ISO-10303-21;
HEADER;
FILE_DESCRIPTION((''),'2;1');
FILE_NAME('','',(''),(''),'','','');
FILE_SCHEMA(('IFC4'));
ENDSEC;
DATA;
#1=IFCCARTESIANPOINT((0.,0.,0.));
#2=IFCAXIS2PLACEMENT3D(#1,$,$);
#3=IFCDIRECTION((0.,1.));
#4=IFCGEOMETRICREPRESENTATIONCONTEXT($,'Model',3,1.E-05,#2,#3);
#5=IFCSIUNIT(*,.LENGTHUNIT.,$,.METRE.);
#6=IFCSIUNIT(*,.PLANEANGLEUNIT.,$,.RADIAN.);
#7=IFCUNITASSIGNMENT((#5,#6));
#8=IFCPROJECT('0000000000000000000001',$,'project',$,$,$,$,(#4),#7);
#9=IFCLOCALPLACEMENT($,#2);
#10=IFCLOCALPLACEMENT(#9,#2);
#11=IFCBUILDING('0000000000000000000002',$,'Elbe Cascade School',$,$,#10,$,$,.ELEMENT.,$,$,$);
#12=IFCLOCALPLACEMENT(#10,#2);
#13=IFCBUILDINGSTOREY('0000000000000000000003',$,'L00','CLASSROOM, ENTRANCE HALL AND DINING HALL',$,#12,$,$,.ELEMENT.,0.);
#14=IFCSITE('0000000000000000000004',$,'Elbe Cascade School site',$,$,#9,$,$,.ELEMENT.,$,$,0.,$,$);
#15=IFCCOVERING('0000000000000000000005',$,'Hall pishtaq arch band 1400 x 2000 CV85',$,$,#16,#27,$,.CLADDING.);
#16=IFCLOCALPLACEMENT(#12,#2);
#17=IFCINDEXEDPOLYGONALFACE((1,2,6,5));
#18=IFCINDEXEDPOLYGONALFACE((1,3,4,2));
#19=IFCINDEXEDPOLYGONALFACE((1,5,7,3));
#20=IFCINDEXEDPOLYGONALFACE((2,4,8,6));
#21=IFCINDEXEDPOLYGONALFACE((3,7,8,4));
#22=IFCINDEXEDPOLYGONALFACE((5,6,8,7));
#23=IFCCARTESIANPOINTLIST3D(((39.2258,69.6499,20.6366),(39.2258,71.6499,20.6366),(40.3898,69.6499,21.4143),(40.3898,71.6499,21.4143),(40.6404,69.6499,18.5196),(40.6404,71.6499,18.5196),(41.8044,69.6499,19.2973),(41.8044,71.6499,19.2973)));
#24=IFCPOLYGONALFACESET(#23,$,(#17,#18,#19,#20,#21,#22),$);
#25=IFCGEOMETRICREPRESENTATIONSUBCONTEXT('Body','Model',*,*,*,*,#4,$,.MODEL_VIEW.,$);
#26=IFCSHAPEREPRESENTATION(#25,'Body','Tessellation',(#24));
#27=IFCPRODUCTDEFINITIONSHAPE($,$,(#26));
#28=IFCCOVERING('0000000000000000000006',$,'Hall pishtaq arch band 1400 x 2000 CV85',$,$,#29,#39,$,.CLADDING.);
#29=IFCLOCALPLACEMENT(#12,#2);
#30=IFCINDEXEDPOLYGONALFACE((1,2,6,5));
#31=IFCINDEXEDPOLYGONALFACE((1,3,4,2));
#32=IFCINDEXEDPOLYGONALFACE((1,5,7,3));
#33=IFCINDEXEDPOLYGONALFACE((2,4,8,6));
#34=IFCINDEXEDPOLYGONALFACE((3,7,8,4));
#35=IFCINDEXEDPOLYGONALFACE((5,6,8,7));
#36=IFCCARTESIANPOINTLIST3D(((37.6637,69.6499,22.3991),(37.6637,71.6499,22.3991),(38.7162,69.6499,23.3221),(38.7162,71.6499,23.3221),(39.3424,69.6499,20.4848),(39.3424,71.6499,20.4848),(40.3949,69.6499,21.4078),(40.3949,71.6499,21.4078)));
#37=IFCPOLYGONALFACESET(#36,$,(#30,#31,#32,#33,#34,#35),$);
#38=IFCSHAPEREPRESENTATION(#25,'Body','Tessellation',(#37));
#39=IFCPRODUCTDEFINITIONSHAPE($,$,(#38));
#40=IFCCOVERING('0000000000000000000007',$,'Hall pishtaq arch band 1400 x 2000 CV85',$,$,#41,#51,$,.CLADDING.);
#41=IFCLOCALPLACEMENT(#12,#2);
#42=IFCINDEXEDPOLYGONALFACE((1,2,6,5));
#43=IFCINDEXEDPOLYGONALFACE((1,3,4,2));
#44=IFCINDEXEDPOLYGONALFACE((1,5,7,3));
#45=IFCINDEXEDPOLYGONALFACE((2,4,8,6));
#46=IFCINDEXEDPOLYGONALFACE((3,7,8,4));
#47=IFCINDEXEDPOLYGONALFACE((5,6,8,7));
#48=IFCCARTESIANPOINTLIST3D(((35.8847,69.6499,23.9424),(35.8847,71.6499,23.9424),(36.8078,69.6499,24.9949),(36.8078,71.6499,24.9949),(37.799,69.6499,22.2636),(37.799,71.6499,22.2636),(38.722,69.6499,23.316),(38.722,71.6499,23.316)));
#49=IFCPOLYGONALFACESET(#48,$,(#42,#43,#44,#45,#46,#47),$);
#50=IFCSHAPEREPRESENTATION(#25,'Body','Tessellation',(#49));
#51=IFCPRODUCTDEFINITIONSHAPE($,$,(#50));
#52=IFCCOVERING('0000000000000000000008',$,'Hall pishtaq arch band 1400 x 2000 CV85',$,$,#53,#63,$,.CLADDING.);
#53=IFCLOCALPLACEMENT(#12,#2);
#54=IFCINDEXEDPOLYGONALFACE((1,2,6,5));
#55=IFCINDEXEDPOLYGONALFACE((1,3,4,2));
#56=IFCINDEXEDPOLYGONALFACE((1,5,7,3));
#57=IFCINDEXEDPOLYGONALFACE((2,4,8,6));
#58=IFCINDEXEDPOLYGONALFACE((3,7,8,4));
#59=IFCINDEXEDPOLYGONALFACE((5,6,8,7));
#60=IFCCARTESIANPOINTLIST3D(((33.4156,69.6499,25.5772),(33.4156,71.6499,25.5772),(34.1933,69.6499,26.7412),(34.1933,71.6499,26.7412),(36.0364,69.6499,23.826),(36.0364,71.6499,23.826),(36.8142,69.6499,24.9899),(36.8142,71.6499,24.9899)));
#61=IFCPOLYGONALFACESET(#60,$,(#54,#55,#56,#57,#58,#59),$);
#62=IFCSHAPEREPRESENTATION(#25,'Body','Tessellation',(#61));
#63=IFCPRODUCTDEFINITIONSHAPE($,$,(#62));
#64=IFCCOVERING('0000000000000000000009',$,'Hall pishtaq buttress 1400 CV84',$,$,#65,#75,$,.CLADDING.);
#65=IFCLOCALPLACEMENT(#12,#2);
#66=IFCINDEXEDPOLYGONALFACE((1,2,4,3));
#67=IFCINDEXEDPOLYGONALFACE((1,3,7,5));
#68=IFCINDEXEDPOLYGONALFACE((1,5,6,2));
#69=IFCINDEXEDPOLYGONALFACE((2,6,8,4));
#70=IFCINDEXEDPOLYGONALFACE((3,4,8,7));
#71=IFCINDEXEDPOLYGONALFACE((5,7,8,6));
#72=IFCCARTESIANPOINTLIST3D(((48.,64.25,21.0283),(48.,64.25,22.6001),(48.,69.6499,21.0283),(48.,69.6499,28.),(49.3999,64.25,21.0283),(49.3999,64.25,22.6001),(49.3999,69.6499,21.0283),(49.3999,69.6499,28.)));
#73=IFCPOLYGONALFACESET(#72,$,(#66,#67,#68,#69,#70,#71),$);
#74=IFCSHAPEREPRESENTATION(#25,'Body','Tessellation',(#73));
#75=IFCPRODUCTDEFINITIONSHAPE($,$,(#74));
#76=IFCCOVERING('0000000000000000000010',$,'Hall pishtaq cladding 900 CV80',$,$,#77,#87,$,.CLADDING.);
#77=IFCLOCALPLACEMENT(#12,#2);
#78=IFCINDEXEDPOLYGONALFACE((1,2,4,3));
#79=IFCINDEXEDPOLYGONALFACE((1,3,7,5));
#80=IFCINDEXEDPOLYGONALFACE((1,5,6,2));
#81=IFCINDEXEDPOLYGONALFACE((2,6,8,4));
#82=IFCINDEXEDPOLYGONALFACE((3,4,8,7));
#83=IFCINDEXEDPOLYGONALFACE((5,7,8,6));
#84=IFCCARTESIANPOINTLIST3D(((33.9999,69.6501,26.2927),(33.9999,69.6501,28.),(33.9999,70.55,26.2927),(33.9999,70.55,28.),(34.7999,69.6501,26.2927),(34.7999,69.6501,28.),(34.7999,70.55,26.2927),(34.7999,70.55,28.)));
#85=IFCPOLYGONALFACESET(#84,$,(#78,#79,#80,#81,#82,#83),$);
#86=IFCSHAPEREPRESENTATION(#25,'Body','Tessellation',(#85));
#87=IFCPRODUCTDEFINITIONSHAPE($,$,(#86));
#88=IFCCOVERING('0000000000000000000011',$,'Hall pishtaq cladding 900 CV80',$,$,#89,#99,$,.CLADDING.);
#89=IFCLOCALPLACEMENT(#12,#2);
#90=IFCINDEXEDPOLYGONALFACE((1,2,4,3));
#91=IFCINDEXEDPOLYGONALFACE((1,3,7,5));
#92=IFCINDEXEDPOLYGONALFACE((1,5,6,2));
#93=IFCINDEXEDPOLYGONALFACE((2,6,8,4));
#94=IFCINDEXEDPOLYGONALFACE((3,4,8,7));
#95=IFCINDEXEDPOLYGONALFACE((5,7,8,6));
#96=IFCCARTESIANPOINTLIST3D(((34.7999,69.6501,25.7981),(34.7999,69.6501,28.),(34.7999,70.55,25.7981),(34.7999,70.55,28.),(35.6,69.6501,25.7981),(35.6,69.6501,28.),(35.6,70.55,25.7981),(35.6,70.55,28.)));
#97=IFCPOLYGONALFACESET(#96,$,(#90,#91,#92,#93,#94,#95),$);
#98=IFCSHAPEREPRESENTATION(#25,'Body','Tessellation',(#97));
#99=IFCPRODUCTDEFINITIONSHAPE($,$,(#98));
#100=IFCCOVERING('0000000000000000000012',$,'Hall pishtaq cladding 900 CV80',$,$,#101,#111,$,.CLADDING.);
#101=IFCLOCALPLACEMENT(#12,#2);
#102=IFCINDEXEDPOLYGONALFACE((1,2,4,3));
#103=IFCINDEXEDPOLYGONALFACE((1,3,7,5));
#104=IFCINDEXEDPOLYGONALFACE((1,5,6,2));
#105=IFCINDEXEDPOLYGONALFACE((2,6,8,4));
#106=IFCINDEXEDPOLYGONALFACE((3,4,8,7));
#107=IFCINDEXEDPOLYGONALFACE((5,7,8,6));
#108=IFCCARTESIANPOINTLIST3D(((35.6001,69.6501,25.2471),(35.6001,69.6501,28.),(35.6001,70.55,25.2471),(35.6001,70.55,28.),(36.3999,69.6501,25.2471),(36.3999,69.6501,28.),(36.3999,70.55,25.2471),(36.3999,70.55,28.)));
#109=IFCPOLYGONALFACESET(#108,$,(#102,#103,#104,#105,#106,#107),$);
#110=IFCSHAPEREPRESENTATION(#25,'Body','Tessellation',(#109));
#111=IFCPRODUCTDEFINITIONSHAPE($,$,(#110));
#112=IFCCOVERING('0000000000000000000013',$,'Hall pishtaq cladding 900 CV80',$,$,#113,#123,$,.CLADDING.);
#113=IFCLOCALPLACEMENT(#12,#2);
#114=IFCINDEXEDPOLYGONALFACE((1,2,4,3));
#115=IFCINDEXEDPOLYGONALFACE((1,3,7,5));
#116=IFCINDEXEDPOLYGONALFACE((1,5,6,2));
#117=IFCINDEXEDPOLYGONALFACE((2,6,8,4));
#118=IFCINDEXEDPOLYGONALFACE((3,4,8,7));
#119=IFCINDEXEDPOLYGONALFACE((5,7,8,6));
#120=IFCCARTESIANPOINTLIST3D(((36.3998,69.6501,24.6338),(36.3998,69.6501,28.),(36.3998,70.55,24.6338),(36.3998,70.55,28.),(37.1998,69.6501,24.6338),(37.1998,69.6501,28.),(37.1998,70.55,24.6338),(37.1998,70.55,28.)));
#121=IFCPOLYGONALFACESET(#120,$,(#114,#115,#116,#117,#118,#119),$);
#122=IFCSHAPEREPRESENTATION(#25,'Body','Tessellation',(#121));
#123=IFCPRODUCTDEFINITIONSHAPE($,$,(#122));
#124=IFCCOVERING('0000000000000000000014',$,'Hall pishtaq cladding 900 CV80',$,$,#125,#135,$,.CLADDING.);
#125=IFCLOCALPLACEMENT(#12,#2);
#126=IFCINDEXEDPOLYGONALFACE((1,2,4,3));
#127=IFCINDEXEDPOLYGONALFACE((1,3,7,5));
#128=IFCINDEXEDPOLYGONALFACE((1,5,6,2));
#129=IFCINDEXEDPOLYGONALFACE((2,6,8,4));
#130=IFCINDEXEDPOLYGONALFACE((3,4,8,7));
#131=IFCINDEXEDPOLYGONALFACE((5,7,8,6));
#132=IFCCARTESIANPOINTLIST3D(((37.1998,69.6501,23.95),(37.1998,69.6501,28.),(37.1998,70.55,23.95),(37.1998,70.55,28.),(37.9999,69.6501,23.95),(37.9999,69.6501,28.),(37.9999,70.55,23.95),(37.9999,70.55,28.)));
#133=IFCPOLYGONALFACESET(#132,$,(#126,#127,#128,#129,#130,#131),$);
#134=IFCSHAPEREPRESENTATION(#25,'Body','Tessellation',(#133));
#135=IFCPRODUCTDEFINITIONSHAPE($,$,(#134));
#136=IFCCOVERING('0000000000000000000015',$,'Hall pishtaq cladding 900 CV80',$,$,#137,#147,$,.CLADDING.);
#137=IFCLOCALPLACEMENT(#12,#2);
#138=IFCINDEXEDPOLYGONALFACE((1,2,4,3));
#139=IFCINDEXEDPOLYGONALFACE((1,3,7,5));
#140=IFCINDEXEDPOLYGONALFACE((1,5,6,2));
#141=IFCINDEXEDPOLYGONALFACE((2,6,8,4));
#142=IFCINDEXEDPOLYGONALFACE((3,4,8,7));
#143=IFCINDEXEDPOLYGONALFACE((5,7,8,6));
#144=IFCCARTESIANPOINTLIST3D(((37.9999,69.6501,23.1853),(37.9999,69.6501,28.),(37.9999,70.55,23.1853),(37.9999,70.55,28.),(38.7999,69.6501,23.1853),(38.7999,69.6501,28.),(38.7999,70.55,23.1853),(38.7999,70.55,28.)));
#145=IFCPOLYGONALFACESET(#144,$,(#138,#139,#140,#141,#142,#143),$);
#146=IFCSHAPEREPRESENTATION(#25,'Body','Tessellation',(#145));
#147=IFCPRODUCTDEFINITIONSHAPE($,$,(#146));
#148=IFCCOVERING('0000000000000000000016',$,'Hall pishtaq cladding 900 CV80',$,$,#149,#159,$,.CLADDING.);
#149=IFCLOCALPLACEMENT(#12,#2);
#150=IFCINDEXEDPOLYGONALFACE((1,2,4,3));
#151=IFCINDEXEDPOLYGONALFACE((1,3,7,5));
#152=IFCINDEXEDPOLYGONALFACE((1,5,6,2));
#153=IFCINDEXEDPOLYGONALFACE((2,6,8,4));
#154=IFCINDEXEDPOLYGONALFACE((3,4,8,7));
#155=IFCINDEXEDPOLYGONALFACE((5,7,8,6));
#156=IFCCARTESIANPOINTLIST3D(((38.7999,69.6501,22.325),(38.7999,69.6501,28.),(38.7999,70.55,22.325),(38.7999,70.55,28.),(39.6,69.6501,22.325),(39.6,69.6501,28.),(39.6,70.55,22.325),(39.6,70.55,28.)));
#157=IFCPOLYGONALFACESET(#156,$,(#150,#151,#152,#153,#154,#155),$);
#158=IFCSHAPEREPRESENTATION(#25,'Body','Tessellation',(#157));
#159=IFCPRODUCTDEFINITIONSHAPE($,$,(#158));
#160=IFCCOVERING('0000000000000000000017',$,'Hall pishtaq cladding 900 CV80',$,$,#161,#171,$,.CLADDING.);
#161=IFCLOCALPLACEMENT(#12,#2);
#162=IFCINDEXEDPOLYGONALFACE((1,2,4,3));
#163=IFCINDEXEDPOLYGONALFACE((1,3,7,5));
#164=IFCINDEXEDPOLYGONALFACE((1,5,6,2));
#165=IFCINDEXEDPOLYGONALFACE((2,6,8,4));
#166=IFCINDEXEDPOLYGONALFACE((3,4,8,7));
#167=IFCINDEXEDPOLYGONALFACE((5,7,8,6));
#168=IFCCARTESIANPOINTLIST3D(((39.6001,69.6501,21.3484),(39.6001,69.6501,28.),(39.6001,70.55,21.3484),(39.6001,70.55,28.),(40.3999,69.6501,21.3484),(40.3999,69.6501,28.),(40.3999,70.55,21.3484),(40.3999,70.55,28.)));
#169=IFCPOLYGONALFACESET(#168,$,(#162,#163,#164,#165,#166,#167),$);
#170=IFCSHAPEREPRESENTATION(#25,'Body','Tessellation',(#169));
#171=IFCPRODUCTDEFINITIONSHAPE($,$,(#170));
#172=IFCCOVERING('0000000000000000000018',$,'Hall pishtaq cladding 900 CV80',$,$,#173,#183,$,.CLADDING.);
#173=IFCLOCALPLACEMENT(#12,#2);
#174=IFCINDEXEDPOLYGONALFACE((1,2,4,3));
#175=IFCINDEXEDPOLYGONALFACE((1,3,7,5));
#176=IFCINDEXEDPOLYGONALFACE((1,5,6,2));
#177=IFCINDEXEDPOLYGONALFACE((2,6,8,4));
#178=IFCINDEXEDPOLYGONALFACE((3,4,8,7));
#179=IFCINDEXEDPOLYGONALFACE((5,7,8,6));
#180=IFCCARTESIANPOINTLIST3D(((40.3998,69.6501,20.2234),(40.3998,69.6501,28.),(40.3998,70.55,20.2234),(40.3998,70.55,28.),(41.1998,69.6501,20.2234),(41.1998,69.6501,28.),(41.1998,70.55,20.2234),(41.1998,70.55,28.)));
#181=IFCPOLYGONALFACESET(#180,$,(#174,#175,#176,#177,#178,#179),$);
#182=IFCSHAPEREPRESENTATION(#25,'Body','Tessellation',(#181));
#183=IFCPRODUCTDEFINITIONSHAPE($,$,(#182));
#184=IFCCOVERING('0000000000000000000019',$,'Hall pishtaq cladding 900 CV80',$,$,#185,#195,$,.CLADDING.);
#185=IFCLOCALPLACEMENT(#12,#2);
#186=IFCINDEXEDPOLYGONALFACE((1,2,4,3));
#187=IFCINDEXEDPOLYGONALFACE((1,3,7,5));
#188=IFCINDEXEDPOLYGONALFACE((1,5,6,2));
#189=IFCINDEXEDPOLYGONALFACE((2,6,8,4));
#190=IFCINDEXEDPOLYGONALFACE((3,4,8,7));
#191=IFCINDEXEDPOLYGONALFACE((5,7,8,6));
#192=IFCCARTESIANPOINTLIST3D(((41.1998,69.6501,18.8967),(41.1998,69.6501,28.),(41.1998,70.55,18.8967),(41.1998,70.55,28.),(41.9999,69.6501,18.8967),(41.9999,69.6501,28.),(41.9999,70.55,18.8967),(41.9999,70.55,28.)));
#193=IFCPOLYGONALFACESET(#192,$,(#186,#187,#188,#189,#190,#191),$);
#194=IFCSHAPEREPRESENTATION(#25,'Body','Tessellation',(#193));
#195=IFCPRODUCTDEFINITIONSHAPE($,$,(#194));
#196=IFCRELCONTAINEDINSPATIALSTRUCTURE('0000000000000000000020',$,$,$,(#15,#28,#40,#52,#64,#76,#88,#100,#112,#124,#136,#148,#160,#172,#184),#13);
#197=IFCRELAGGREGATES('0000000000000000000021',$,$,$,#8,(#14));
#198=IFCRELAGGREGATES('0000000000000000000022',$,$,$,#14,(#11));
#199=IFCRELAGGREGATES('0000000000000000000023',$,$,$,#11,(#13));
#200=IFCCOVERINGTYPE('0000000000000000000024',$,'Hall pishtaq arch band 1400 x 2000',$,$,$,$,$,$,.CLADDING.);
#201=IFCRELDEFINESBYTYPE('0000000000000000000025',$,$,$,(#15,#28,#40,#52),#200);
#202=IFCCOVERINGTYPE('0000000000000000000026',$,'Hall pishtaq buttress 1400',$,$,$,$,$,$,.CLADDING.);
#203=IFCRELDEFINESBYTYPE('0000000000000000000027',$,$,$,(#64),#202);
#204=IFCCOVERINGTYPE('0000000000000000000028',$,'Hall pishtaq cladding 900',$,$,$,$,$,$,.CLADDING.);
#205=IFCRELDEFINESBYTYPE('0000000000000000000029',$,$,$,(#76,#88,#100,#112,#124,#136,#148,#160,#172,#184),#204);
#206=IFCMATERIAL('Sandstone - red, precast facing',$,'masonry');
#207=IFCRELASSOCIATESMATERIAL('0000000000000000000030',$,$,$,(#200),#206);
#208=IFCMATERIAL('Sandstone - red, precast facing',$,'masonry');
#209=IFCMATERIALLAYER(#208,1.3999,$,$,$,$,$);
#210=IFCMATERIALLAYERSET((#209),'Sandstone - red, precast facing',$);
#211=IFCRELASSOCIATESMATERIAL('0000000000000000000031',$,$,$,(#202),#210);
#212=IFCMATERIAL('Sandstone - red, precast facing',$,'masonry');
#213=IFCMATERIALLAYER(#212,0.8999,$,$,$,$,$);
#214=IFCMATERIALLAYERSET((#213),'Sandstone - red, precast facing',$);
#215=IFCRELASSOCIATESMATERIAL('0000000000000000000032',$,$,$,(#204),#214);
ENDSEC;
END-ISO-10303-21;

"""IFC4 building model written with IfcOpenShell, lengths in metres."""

from ifc_helpers import new_model, si_unit, direction, frame, frame_2d, origin, origin_2d, place, context, subcontext, project, spatial, polyline, rectangle, outline, extrude, material, layer, layer_set, type_object, element, save


model = new_model("IFC4")

# Units and contexts
model_context = context("Model", 3, precision=1e-05, world=origin(), true_north=direction((0.0, 1.0)))
body_context = subcontext(model_context, "Body", "Model", "MODEL_VIEW")
ifc_project = project(units=[si_unit("LENGTHUNIT", "METRE"), si_unit("PLANEANGLEUNIT", "RADIAN")], contexts=[model_context])

# Site, building, storey
site_placement = place(None, origin())
site = spatial("IfcSite", under=ifc_project, at=site_placement, Name="Elbe Cascade School site", CompositionType="ELEMENT", RefElevation=0.0)
building_placement = place(site_placement, origin())
building = spatial("IfcBuilding", under=site, at=building_placement, Name="Elbe Cascade School", CompositionType="ELEMENT")
storey_placement = place(building_placement, origin())
storey = spatial("IfcBuildingStorey", under=building, at=storey_placement, Name="L00", Description="CLASSROOM, ENTRANCE HALL AND DINING HALL", CompositionType="ELEMENT", Elevation=0.0)

# Coverings
ifc_material_1 = material(Name="Sandstone - red, precast facing", Category="masonry")
covering_type_1 = type_object("IfcCoveringType", Name="Hall pishtaq arch band 1400 x 2000", PredefinedType="CLADDING", material=ifc_material_1)
for number, where, z_axis, x_axis, name in (
    (1, (41.2224, 70.6499, 18.9084), (-0.555585, 0.0, 0.83146), (0.0, -1.0, 0.0), "Hall pishtaq arch band 1400 x 2000 CV85"),
    (2, (39.8687, 70.6499, 20.9463), (-0.659326, 0.0, 0.751858), (0.0, -1.0, 0.0), "Hall pishtaq arch band 1400 x 2000 CV85"),
    (3, (38.2605, 70.6499, 22.7898), (-0.75181, 0.0, 0.65938), (0.0, -1.0, 0.0), "Hall pishtaq arch band 1400 x 2000 CV85"),
):
    element("IfcCovering", number, at=place(storey_placement, frame(where, z_axis=z_axis, x_axis=x_axis)), inside=storey, type_object=covering_type_1, Name=name, PredefinedType="CLADDING", context=body_context, shape_type="SweptSolid", body=[
        extrude(rectangle(XDim=2.0, YDim=1.3999, at=origin_2d()), origin(), (0.0, 0.0, 1.0), 2.5461),
    ])
covering_1_placement = place(storey_placement, frame((36.4253, 70.6499, 24.408), z_axis=(-0.831466, 0.0, 0.555576), x_axis=(0.0, -1.0, 0.0)))
element("IfcCovering", 4, at=covering_1_placement, inside=storey, type_object=covering_type_1, Name="Hall pishtaq arch band 1400 x 2000 CV85", PredefinedType="CLADDING", context=body_context, shape_type="SweptSolid", body=[
    extrude(rectangle(XDim=2.0, YDim=1.3999, at=origin_2d()), origin(), (0.0, 0.0, 1.0), 3.1521),
])
ifc_material_2 = material(Name="Sandstone - red, precast facing", Category="masonry")
ifc_layer_1 = layer(ifc_material_2, 1.3999)
ifc_layer_set_1 = layer_set([ifc_layer_1], Name="Sandstone - red, precast facing")
covering_type_2 = type_object("IfcCoveringType", Name="Hall pishtaq buttress 1400", PredefinedType="CLADDING", material=ifc_layer_set_1)
covering_2_placement = place(storey_placement, frame((48.7, 69.6499, 21.0283), z_axis=(0.0, 0.0, 1.0), x_axis=(0.0, -1.0, 0.0)))
element("IfcCovering", 5, at=covering_2_placement, inside=storey, type_object=covering_type_2, Name="Hall pishtaq buttress 1400 CV84", PredefinedType="CLADDING", context=body_context, shape_type="SweptSolid", body=[
    extrude(outline(polyline([(0.0, 0.0), (5.3999, 0.0), (5.3999, 1.5718), (0.0, 6.9717), (0.0, 0.0)])), frame((0.0, 0.7, 0.0), z_axis=(0.0, -1.0, 0.0), x_axis=(1.0, 0.0, 0.0)), (0.0, 0.0, 1.0), 1.3999),
])
ifc_material_3 = material(Name="Sandstone - red, precast facing", Category="masonry")
ifc_layer_2 = layer(ifc_material_3, 0.8999)
ifc_layer_set_2 = layer_set([ifc_layer_2], Name="Sandstone - red, precast facing")
covering_type_3 = type_object("IfcCoveringType", Name="Hall pishtaq cladding 900", PredefinedType="CLADDING", material=ifc_layer_set_2)
covering_3_placement = place(storey_placement, frame((34.0, 70.1001, 26.2927), z_axis=(0.0, 0.0, 1.0), x_axis=(1.0, 0.0, 0.0)))
element("IfcCovering", 6, at=covering_3_placement, inside=storey, type_object=covering_type_3, Name="Hall pishtaq cladding 900 CV80", PredefinedType="CLADDING", context=body_context, shape_type="SweptSolid", body=[
    extrude(rectangle(XDim=0.8, YDim=0.8999, at=frame_2d((0.3999, 0.0))), origin(), (0.0, 0.0, 1.0), 1.7073),
])
covering_4_placement = place(storey_placement, frame((34.8, 70.1001, 25.7981), z_axis=(0.0, 0.0, 1.0), x_axis=(1.0, 0.0, 0.0)))
element("IfcCovering", 7, at=covering_4_placement, inside=storey, type_object=covering_type_3, Name="Hall pishtaq cladding 900 CV80", PredefinedType="CLADDING", context=body_context, shape_type="SweptSolid", body=[
    extrude(rectangle(XDim=0.8, YDim=0.8999, at=frame_2d((0.3999, 0.0))), origin(), (0.0, 0.0, 1.0), 2.2019),
])
covering_5_placement = place(storey_placement, frame((35.6001, 70.1001, 25.2471), z_axis=(0.0, 0.0, 1.0), x_axis=(1.0, 0.0, 0.0)))
element("IfcCovering", 8, at=covering_5_placement, inside=storey, type_object=covering_type_3, Name="Hall pishtaq cladding 900 CV80", PredefinedType="CLADDING", context=body_context, shape_type="SweptSolid", body=[
    extrude(rectangle(XDim=0.7998, YDim=0.8999, at=frame_2d((0.3999, 0.0))), origin(), (0.0, 0.0, 1.0), 2.7529),
])
covering_6_placement = place(storey_placement, frame((36.3999, 70.1001, 24.6338), z_axis=(0.0, 0.0, 1.0), x_axis=(1.0, 0.0, 0.0)))
element("IfcCovering", 9, at=covering_6_placement, inside=storey, type_object=covering_type_3, Name="Hall pishtaq cladding 900 CV80", PredefinedType="CLADDING", context=body_context, shape_type="SweptSolid", body=[
    extrude(rectangle(XDim=0.8, YDim=0.8999, at=frame_2d((0.3999, 0.0))), origin(), (0.0, 0.0, 1.0), 3.3662),
])
covering_7_placement = place(storey_placement, frame((37.2, 70.1001, 23.95), z_axis=(0.0, 0.0, 1.0), x_axis=(1.0, 0.0, 0.0)))
element("IfcCovering", 10, at=covering_7_placement, inside=storey, type_object=covering_type_3, Name="Hall pishtaq cladding 900 CV80", PredefinedType="CLADDING", context=body_context, shape_type="SweptSolid", body=[
    extrude(rectangle(XDim=0.8, YDim=0.8999, at=frame_2d((0.3999, 0.0))), origin(), (0.0, 0.0, 1.0), 4.05),
])
covering_8_placement = place(storey_placement, frame((38.0, 70.1001, 23.1853), z_axis=(0.0, 0.0, 1.0), x_axis=(1.0, 0.0, 0.0)))
element("IfcCovering", 11, at=covering_8_placement, inside=storey, type_object=covering_type_3, Name="Hall pishtaq cladding 900 CV80", PredefinedType="CLADDING", context=body_context, shape_type="SweptSolid", body=[
    extrude(rectangle(XDim=0.8, YDim=0.8999, at=frame_2d((0.3999, 0.0))), origin(), (0.0, 0.0, 1.0), 4.8147),
])
covering_9_placement = place(storey_placement, frame((38.8, 70.1001, 22.325), z_axis=(0.0, 0.0, 1.0), x_axis=(1.0, 0.0, 0.0)))
element("IfcCovering", 12, at=covering_9_placement, inside=storey, type_object=covering_type_3, Name="Hall pishtaq cladding 900 CV80", PredefinedType="CLADDING", context=body_context, shape_type="SweptSolid", body=[
    extrude(rectangle(XDim=0.8, YDim=0.8999, at=frame_2d((0.3999, 0.0))), origin(), (0.0, 0.0, 1.0), 5.675),
])
covering_10_placement = place(storey_placement, frame((39.6001, 70.1001, 21.3484), z_axis=(0.0, 0.0, 1.0), x_axis=(1.0, 0.0, 0.0)))
element("IfcCovering", 13, at=covering_10_placement, inside=storey, type_object=covering_type_3, Name="Hall pishtaq cladding 900 CV80", PredefinedType="CLADDING", context=body_context, shape_type="SweptSolid", body=[
    extrude(rectangle(XDim=0.7998, YDim=0.8999, at=frame_2d((0.3999, 0.0))), origin(), (0.0, 0.0, 1.0), 6.6516),
])
covering_11_placement = place(storey_placement, frame((40.3999, 70.1001, 20.2234), z_axis=(0.0, 0.0, 1.0), x_axis=(1.0, 0.0, 0.0)))
element("IfcCovering", 14, at=covering_11_placement, inside=storey, type_object=covering_type_3, Name="Hall pishtaq cladding 900 CV80", PredefinedType="CLADDING", context=body_context, shape_type="SweptSolid", body=[
    extrude(rectangle(XDim=0.8, YDim=0.8999, at=frame_2d((0.3999, 0.0))), origin(), (0.0, 0.0, 1.0), 7.7766),
])
covering_12_placement = place(storey_placement, frame((41.2, 70.1001, 18.8967), z_axis=(0.0, 0.0, 1.0), x_axis=(1.0, 0.0, 0.0)))
element("IfcCovering", 15, at=covering_12_placement, inside=storey, type_object=covering_type_3, Name="Hall pishtaq cladding 900 CV80", PredefinedType="CLADDING", context=body_context, shape_type="SweptSolid", body=[
    extrude(rectangle(XDim=0.8, YDim=0.8999, at=frame_2d((0.3999, 0.0))), origin(), (0.0, 0.0, 1.0), 9.1033),
])

save(model, "model.ifc")
